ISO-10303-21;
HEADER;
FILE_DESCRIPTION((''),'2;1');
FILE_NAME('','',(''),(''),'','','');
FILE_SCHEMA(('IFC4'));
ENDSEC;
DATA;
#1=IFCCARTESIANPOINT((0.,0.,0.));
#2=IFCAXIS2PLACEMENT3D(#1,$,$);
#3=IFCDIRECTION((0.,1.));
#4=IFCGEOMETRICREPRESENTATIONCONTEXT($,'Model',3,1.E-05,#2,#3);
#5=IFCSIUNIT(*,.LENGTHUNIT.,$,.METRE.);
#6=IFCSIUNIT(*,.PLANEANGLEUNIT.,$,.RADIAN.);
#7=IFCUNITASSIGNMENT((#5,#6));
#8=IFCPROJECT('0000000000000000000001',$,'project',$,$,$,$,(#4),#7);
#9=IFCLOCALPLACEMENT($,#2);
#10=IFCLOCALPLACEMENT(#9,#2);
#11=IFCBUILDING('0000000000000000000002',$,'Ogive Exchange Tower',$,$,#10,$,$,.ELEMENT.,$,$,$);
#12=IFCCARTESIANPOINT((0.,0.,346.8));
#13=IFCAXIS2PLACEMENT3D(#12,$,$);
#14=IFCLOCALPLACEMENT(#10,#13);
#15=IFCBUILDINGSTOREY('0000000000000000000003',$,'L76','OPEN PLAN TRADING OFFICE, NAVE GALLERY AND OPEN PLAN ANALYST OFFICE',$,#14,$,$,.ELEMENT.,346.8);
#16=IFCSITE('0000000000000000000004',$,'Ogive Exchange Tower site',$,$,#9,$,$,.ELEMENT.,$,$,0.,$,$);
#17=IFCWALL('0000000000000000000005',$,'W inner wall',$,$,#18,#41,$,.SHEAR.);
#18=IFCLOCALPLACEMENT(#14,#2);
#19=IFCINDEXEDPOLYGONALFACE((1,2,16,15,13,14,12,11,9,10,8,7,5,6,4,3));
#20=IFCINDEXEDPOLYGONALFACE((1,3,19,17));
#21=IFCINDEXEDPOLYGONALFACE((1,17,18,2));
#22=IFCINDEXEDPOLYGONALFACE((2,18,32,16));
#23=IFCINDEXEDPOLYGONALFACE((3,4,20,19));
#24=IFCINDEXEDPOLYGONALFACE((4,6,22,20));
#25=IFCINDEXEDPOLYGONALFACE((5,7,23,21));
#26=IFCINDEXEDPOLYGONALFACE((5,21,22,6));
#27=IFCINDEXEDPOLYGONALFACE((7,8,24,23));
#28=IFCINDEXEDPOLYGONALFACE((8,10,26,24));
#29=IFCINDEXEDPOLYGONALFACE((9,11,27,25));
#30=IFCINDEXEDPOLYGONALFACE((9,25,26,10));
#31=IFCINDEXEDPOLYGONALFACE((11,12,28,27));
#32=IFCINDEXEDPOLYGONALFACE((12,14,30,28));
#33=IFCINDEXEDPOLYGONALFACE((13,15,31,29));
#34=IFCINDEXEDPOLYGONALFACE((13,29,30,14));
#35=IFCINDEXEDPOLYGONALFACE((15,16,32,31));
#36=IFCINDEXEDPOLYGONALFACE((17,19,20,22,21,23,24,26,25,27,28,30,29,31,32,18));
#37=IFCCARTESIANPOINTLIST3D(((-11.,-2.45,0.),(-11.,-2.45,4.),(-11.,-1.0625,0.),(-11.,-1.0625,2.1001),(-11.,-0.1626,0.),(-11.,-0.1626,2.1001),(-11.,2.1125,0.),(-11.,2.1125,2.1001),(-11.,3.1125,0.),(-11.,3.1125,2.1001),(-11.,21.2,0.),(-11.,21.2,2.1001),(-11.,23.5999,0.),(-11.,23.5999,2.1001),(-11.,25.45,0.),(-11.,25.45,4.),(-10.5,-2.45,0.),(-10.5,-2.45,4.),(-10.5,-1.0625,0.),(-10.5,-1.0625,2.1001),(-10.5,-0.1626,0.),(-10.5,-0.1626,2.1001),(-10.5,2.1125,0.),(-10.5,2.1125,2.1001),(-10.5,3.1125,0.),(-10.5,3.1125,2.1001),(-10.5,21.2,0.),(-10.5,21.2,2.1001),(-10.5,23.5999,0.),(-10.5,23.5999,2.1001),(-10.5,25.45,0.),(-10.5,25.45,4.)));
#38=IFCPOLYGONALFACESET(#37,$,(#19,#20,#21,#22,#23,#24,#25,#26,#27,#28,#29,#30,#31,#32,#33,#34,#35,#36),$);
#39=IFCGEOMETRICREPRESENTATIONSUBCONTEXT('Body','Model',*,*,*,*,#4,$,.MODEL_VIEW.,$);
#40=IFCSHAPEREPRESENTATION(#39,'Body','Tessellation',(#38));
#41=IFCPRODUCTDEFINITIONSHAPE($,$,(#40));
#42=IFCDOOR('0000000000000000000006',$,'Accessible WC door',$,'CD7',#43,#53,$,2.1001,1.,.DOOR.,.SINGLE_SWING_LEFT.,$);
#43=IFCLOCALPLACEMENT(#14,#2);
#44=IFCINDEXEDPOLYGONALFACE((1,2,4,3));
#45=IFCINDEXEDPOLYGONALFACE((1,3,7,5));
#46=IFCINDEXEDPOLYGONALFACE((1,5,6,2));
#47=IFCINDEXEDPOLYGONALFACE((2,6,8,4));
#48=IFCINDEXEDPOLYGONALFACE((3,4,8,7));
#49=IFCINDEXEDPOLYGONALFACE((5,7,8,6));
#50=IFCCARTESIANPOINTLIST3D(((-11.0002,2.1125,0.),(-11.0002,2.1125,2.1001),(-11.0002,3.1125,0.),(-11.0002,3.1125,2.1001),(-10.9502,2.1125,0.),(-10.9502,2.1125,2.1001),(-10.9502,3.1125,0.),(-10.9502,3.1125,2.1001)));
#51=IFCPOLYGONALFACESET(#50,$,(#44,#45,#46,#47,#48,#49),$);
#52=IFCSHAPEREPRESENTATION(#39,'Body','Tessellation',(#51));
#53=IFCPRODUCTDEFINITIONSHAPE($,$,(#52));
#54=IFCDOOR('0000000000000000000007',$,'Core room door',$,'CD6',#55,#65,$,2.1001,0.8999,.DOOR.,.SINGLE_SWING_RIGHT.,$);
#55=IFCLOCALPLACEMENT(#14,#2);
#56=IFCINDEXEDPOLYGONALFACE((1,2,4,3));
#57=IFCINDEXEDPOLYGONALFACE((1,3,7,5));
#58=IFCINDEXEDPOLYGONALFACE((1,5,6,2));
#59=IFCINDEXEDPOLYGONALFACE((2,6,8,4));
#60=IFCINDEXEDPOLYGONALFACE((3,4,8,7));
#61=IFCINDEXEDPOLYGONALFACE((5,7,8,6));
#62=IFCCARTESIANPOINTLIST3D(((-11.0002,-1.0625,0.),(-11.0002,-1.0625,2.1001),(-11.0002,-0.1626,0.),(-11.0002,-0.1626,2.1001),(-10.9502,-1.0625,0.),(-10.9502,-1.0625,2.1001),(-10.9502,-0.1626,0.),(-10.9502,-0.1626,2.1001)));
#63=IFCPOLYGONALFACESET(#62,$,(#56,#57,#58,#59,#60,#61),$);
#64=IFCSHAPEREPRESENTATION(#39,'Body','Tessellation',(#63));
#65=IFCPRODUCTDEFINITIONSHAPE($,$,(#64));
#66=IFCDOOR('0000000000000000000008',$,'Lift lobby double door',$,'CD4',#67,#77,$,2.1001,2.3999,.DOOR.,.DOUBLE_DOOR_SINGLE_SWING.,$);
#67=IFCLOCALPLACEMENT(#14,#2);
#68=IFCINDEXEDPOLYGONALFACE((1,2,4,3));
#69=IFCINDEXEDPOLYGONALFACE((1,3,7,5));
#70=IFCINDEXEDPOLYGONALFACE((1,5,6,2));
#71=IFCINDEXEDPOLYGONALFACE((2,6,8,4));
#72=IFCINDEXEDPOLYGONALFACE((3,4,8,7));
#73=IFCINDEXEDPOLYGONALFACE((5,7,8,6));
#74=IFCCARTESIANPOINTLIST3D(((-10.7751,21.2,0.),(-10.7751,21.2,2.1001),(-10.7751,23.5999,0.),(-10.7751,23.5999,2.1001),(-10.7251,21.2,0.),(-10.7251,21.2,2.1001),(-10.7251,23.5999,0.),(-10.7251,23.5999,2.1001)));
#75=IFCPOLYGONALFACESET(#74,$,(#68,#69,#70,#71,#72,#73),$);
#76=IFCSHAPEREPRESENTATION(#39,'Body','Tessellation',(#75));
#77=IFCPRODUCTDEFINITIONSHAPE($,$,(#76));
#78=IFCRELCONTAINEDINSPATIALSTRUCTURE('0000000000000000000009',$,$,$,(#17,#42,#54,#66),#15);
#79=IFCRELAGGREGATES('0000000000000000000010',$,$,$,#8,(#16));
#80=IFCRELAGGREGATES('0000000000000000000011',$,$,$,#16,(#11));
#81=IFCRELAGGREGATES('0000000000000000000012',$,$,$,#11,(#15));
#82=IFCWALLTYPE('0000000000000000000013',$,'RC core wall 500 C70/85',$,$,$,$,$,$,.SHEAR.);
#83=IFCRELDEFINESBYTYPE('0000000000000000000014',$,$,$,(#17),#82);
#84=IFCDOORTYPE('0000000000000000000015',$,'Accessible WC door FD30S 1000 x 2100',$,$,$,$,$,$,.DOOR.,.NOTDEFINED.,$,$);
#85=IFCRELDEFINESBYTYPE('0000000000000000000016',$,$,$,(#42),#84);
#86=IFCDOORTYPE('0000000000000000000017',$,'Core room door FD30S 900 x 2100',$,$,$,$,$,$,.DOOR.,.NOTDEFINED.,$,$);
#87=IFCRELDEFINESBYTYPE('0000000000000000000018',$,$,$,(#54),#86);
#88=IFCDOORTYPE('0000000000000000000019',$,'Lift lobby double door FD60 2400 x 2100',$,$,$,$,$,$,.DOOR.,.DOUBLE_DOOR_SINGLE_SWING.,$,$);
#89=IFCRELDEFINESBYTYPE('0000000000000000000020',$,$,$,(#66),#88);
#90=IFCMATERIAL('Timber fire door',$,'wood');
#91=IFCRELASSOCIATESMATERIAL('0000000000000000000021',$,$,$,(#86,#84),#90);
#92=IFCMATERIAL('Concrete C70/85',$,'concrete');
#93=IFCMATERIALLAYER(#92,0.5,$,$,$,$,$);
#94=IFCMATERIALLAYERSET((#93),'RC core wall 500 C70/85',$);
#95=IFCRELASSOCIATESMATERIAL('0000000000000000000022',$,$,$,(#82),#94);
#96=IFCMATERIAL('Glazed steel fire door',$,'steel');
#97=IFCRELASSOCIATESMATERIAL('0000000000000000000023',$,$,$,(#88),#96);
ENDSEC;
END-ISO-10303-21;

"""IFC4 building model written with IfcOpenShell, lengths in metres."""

from ifc_helpers import new_model, si_unit, direction, frame, frame_2d, origin, place, context, subcontext, project, spatial, rectangle, extrude, material, layer, layer_set, type_object, element, fill, save


model = new_model("IFC4")

# Units and contexts
model_context = context("Model", 3, precision=1e-05, world=origin(), true_north=direction((0.0, 1.0)))
body_context = subcontext(model_context, "Body", "Model", "MODEL_VIEW")
ifc_project = project(units=[si_unit("LENGTHUNIT", "METRE"), si_unit("PLANEANGLEUNIT", "RADIAN")], contexts=[model_context])

# Site, building, storey
site_placement = place(None, origin())
site = spatial("IfcSite", under=ifc_project, at=site_placement, Name="Ogive Exchange Tower site", CompositionType="ELEMENT", RefElevation=0.0)
building_placement = place(site_placement, origin())
building = spatial("IfcBuilding", under=site, at=building_placement, Name="Ogive Exchange Tower", CompositionType="ELEMENT")
storey_placement = place(building_placement, frame((0.0, 0.0, 346.8)))
storey = spatial("IfcBuildingStorey", under=building, at=storey_placement, Name="L76", Description="OPEN PLAN TRADING OFFICE, NAVE GALLERY AND OPEN PLAN ANALYST OFFICE", CompositionType="ELEMENT", Elevation=346.8)

# Shared definitions
ifc_material_1 = material(Name="Concrete C70/85", Category="concrete")

# Wall, openings, doors
ifc_material_2 = material(Name="Timber fire door", Category="wood")
door_type_1 = type_object("IfcDoorType", Name="Core room door FD30S 900 x 2100", OperationType="NOTDEFINED", PredefinedType="DOOR", material=ifc_material_2)
ifc_layer_1 = layer(ifc_material_1, 0.5)
ifc_layer_set_1 = layer_set([ifc_layer_1], Name="RC core wall 500 C70/85")
wall_type_1 = type_object("IfcWallType", Name="RC core wall 500 C70/85", PredefinedType="SHEAR", material=ifc_layer_set_1)
wall_1_placement = place(storey_placement, frame((-10.75, -2.45, 0.0), z_axis=(0.0, 0.0, 1.0), x_axis=(0.0, 1.0, 0.0)))
wall_1 = element("IfcWall", 1, at=wall_1_placement, inside=storey, type_object=wall_type_1, Name="W inner wall", PredefinedType="SHEAR", context=body_context, shape_type="SweptSolid", body=[
    extrude(rectangle(XDim=27.8999, YDim=0.5, at=frame_2d((13.95, 0.0))), origin(), (0.0, 0.0, 1.0), 4.0),
])
opening_1_placement = place(wall_1_placement, frame((23.6499, 0.0, 0.0)))
opening_1 = element("IfcOpeningElement", 2, at=opening_1_placement, cuts=wall_1, PredefinedType="OPENING", context=body_context, shape_type="SweptSolid", body=[
    extrude(rectangle(XDim=2.3999, YDim=2.1001, at=frame_2d((1.2, 1.05))), frame((0.0, 0.26, 0.0), z_axis=(0.0, -1.0, 0.0), x_axis=(1.0, 0.0, 0.0)), (0.0, 0.0, 1.0), 0.52),
])
opening_2_placement = place(wall_1_placement, frame((1.3875, 0.0, 0.0)))
opening_2 = element("IfcOpeningElement", 3, at=opening_2_placement, cuts=wall_1, PredefinedType="OPENING", context=body_context, shape_type="SweptSolid", body=[
    extrude(rectangle(XDim=0.8999, YDim=2.1001, at=frame_2d((0.45, 1.05))), frame((0.0, 0.26, 0.0), z_axis=(0.0, -1.0, 0.0), x_axis=(1.0, 0.0, 0.0)), (0.0, 0.0, 1.0), 0.52),
])
opening_3_placement = place(wall_1_placement, frame((4.5625, 0.0, 0.0)))
opening_3 = element("IfcOpeningElement", 4, at=opening_3_placement, cuts=wall_1, PredefinedType="OPENING", context=body_context, shape_type="SweptSolid", body=[
    extrude(rectangle(XDim=1.0, YDim=2.1001, at=frame_2d((0.5, 1.05))), frame((0.0, 0.26, 0.0), z_axis=(0.0, -1.0, 0.0), x_axis=(1.0, 0.0, 0.0)), (0.0, 0.0, 1.0), 0.52),
])
door_type_2 = type_object("IfcDoorType", Name="Accessible WC door FD30S 1000 x 2100", OperationType="NOTDEFINED", PredefinedType="DOOR", material=ifc_material_2)
door_1_placement = place(opening_3_placement, frame((1.0, 0.4502, 0.0), z_axis=(0.0, 0.0, 1.0), x_axis=(-1.0, 0.0, 0.0)))
door_1 = element("IfcDoor", 5, at=door_1_placement, inside=storey, type_object=door_type_2, Name="Accessible WC door", ObjectType="CD7", OperationType="SINGLE_SWING_LEFT", OverallHeight=2.1001, OverallWidth=1.0, PredefinedType="DOOR", context=body_context, shape_type="SweptSolid", body=[
    extrude(rectangle(XDim=1.0, YDim=2.1001, at=frame_2d((0.5, 1.05))), frame((0.0, 0.25, 0.0), z_axis=(0.0, -1.0, 0.0), x_axis=(1.0, 0.0, 0.0)), (0.0, 0.0, 1.0), 0.05),
])
fill(opening_3, door_1)
door_2_placement = place(opening_2_placement, frame((0.8999, 0.4502, 0.0), z_axis=(0.0, 0.0, 1.0), x_axis=(-1.0, 0.0, 0.0)))
door_2 = element("IfcDoor", 6, at=door_2_placement, inside=storey, type_object=door_type_1, Name="Core room door", ObjectType="CD6", OperationType="SINGLE_SWING_RIGHT", OverallHeight=2.1001, OverallWidth=0.8999, PredefinedType="DOOR", context=body_context, shape_type="SweptSolid", body=[
    extrude(rectangle(XDim=0.8999, YDim=2.1001, at=frame_2d((0.45, 1.05))), frame((0.0, 0.25, 0.0), z_axis=(0.0, -1.0, 0.0), x_axis=(1.0, 0.0, 0.0)), (0.0, 0.0, 1.0), 0.05),
])
fill(opening_2, door_2)
ifc_material_3 = material(Name="Glazed steel fire door", Category="steel")
door_type_3 = type_object("IfcDoorType", Name="Lift lobby double door FD60 2400 x 2100", OperationType="DOUBLE_DOOR_SINGLE_SWING", PredefinedType="DOOR", material=ifc_material_3)
door_3_placement = place(opening_1_placement, frame((2.3999, 0.0, 0.0), z_axis=(0.0, 0.0, 1.0), x_axis=(-1.0, 0.0, 0.0)))
door_3 = element("IfcDoor", 7, at=door_3_placement, inside=storey, type_object=door_type_3, Name="Lift lobby double door", ObjectType="CD4", OperationType="DOUBLE_DOOR_SINGLE_SWING", OverallHeight=2.1001, OverallWidth=2.3999, PredefinedType="DOOR", context=body_context, shape_type="SweptSolid", body=[
    extrude(rectangle(XDim=2.3999, YDim=2.1001, at=frame_2d((1.2, 1.05))), frame((0.0, 0.0249, 0.0), z_axis=(0.0, -1.0, 0.0), x_axis=(1.0, 0.0, 0.0)), (0.0, 0.0, 1.0), 0.05),
])
fill(opening_1, door_3)

save(model, "model.ifc")
